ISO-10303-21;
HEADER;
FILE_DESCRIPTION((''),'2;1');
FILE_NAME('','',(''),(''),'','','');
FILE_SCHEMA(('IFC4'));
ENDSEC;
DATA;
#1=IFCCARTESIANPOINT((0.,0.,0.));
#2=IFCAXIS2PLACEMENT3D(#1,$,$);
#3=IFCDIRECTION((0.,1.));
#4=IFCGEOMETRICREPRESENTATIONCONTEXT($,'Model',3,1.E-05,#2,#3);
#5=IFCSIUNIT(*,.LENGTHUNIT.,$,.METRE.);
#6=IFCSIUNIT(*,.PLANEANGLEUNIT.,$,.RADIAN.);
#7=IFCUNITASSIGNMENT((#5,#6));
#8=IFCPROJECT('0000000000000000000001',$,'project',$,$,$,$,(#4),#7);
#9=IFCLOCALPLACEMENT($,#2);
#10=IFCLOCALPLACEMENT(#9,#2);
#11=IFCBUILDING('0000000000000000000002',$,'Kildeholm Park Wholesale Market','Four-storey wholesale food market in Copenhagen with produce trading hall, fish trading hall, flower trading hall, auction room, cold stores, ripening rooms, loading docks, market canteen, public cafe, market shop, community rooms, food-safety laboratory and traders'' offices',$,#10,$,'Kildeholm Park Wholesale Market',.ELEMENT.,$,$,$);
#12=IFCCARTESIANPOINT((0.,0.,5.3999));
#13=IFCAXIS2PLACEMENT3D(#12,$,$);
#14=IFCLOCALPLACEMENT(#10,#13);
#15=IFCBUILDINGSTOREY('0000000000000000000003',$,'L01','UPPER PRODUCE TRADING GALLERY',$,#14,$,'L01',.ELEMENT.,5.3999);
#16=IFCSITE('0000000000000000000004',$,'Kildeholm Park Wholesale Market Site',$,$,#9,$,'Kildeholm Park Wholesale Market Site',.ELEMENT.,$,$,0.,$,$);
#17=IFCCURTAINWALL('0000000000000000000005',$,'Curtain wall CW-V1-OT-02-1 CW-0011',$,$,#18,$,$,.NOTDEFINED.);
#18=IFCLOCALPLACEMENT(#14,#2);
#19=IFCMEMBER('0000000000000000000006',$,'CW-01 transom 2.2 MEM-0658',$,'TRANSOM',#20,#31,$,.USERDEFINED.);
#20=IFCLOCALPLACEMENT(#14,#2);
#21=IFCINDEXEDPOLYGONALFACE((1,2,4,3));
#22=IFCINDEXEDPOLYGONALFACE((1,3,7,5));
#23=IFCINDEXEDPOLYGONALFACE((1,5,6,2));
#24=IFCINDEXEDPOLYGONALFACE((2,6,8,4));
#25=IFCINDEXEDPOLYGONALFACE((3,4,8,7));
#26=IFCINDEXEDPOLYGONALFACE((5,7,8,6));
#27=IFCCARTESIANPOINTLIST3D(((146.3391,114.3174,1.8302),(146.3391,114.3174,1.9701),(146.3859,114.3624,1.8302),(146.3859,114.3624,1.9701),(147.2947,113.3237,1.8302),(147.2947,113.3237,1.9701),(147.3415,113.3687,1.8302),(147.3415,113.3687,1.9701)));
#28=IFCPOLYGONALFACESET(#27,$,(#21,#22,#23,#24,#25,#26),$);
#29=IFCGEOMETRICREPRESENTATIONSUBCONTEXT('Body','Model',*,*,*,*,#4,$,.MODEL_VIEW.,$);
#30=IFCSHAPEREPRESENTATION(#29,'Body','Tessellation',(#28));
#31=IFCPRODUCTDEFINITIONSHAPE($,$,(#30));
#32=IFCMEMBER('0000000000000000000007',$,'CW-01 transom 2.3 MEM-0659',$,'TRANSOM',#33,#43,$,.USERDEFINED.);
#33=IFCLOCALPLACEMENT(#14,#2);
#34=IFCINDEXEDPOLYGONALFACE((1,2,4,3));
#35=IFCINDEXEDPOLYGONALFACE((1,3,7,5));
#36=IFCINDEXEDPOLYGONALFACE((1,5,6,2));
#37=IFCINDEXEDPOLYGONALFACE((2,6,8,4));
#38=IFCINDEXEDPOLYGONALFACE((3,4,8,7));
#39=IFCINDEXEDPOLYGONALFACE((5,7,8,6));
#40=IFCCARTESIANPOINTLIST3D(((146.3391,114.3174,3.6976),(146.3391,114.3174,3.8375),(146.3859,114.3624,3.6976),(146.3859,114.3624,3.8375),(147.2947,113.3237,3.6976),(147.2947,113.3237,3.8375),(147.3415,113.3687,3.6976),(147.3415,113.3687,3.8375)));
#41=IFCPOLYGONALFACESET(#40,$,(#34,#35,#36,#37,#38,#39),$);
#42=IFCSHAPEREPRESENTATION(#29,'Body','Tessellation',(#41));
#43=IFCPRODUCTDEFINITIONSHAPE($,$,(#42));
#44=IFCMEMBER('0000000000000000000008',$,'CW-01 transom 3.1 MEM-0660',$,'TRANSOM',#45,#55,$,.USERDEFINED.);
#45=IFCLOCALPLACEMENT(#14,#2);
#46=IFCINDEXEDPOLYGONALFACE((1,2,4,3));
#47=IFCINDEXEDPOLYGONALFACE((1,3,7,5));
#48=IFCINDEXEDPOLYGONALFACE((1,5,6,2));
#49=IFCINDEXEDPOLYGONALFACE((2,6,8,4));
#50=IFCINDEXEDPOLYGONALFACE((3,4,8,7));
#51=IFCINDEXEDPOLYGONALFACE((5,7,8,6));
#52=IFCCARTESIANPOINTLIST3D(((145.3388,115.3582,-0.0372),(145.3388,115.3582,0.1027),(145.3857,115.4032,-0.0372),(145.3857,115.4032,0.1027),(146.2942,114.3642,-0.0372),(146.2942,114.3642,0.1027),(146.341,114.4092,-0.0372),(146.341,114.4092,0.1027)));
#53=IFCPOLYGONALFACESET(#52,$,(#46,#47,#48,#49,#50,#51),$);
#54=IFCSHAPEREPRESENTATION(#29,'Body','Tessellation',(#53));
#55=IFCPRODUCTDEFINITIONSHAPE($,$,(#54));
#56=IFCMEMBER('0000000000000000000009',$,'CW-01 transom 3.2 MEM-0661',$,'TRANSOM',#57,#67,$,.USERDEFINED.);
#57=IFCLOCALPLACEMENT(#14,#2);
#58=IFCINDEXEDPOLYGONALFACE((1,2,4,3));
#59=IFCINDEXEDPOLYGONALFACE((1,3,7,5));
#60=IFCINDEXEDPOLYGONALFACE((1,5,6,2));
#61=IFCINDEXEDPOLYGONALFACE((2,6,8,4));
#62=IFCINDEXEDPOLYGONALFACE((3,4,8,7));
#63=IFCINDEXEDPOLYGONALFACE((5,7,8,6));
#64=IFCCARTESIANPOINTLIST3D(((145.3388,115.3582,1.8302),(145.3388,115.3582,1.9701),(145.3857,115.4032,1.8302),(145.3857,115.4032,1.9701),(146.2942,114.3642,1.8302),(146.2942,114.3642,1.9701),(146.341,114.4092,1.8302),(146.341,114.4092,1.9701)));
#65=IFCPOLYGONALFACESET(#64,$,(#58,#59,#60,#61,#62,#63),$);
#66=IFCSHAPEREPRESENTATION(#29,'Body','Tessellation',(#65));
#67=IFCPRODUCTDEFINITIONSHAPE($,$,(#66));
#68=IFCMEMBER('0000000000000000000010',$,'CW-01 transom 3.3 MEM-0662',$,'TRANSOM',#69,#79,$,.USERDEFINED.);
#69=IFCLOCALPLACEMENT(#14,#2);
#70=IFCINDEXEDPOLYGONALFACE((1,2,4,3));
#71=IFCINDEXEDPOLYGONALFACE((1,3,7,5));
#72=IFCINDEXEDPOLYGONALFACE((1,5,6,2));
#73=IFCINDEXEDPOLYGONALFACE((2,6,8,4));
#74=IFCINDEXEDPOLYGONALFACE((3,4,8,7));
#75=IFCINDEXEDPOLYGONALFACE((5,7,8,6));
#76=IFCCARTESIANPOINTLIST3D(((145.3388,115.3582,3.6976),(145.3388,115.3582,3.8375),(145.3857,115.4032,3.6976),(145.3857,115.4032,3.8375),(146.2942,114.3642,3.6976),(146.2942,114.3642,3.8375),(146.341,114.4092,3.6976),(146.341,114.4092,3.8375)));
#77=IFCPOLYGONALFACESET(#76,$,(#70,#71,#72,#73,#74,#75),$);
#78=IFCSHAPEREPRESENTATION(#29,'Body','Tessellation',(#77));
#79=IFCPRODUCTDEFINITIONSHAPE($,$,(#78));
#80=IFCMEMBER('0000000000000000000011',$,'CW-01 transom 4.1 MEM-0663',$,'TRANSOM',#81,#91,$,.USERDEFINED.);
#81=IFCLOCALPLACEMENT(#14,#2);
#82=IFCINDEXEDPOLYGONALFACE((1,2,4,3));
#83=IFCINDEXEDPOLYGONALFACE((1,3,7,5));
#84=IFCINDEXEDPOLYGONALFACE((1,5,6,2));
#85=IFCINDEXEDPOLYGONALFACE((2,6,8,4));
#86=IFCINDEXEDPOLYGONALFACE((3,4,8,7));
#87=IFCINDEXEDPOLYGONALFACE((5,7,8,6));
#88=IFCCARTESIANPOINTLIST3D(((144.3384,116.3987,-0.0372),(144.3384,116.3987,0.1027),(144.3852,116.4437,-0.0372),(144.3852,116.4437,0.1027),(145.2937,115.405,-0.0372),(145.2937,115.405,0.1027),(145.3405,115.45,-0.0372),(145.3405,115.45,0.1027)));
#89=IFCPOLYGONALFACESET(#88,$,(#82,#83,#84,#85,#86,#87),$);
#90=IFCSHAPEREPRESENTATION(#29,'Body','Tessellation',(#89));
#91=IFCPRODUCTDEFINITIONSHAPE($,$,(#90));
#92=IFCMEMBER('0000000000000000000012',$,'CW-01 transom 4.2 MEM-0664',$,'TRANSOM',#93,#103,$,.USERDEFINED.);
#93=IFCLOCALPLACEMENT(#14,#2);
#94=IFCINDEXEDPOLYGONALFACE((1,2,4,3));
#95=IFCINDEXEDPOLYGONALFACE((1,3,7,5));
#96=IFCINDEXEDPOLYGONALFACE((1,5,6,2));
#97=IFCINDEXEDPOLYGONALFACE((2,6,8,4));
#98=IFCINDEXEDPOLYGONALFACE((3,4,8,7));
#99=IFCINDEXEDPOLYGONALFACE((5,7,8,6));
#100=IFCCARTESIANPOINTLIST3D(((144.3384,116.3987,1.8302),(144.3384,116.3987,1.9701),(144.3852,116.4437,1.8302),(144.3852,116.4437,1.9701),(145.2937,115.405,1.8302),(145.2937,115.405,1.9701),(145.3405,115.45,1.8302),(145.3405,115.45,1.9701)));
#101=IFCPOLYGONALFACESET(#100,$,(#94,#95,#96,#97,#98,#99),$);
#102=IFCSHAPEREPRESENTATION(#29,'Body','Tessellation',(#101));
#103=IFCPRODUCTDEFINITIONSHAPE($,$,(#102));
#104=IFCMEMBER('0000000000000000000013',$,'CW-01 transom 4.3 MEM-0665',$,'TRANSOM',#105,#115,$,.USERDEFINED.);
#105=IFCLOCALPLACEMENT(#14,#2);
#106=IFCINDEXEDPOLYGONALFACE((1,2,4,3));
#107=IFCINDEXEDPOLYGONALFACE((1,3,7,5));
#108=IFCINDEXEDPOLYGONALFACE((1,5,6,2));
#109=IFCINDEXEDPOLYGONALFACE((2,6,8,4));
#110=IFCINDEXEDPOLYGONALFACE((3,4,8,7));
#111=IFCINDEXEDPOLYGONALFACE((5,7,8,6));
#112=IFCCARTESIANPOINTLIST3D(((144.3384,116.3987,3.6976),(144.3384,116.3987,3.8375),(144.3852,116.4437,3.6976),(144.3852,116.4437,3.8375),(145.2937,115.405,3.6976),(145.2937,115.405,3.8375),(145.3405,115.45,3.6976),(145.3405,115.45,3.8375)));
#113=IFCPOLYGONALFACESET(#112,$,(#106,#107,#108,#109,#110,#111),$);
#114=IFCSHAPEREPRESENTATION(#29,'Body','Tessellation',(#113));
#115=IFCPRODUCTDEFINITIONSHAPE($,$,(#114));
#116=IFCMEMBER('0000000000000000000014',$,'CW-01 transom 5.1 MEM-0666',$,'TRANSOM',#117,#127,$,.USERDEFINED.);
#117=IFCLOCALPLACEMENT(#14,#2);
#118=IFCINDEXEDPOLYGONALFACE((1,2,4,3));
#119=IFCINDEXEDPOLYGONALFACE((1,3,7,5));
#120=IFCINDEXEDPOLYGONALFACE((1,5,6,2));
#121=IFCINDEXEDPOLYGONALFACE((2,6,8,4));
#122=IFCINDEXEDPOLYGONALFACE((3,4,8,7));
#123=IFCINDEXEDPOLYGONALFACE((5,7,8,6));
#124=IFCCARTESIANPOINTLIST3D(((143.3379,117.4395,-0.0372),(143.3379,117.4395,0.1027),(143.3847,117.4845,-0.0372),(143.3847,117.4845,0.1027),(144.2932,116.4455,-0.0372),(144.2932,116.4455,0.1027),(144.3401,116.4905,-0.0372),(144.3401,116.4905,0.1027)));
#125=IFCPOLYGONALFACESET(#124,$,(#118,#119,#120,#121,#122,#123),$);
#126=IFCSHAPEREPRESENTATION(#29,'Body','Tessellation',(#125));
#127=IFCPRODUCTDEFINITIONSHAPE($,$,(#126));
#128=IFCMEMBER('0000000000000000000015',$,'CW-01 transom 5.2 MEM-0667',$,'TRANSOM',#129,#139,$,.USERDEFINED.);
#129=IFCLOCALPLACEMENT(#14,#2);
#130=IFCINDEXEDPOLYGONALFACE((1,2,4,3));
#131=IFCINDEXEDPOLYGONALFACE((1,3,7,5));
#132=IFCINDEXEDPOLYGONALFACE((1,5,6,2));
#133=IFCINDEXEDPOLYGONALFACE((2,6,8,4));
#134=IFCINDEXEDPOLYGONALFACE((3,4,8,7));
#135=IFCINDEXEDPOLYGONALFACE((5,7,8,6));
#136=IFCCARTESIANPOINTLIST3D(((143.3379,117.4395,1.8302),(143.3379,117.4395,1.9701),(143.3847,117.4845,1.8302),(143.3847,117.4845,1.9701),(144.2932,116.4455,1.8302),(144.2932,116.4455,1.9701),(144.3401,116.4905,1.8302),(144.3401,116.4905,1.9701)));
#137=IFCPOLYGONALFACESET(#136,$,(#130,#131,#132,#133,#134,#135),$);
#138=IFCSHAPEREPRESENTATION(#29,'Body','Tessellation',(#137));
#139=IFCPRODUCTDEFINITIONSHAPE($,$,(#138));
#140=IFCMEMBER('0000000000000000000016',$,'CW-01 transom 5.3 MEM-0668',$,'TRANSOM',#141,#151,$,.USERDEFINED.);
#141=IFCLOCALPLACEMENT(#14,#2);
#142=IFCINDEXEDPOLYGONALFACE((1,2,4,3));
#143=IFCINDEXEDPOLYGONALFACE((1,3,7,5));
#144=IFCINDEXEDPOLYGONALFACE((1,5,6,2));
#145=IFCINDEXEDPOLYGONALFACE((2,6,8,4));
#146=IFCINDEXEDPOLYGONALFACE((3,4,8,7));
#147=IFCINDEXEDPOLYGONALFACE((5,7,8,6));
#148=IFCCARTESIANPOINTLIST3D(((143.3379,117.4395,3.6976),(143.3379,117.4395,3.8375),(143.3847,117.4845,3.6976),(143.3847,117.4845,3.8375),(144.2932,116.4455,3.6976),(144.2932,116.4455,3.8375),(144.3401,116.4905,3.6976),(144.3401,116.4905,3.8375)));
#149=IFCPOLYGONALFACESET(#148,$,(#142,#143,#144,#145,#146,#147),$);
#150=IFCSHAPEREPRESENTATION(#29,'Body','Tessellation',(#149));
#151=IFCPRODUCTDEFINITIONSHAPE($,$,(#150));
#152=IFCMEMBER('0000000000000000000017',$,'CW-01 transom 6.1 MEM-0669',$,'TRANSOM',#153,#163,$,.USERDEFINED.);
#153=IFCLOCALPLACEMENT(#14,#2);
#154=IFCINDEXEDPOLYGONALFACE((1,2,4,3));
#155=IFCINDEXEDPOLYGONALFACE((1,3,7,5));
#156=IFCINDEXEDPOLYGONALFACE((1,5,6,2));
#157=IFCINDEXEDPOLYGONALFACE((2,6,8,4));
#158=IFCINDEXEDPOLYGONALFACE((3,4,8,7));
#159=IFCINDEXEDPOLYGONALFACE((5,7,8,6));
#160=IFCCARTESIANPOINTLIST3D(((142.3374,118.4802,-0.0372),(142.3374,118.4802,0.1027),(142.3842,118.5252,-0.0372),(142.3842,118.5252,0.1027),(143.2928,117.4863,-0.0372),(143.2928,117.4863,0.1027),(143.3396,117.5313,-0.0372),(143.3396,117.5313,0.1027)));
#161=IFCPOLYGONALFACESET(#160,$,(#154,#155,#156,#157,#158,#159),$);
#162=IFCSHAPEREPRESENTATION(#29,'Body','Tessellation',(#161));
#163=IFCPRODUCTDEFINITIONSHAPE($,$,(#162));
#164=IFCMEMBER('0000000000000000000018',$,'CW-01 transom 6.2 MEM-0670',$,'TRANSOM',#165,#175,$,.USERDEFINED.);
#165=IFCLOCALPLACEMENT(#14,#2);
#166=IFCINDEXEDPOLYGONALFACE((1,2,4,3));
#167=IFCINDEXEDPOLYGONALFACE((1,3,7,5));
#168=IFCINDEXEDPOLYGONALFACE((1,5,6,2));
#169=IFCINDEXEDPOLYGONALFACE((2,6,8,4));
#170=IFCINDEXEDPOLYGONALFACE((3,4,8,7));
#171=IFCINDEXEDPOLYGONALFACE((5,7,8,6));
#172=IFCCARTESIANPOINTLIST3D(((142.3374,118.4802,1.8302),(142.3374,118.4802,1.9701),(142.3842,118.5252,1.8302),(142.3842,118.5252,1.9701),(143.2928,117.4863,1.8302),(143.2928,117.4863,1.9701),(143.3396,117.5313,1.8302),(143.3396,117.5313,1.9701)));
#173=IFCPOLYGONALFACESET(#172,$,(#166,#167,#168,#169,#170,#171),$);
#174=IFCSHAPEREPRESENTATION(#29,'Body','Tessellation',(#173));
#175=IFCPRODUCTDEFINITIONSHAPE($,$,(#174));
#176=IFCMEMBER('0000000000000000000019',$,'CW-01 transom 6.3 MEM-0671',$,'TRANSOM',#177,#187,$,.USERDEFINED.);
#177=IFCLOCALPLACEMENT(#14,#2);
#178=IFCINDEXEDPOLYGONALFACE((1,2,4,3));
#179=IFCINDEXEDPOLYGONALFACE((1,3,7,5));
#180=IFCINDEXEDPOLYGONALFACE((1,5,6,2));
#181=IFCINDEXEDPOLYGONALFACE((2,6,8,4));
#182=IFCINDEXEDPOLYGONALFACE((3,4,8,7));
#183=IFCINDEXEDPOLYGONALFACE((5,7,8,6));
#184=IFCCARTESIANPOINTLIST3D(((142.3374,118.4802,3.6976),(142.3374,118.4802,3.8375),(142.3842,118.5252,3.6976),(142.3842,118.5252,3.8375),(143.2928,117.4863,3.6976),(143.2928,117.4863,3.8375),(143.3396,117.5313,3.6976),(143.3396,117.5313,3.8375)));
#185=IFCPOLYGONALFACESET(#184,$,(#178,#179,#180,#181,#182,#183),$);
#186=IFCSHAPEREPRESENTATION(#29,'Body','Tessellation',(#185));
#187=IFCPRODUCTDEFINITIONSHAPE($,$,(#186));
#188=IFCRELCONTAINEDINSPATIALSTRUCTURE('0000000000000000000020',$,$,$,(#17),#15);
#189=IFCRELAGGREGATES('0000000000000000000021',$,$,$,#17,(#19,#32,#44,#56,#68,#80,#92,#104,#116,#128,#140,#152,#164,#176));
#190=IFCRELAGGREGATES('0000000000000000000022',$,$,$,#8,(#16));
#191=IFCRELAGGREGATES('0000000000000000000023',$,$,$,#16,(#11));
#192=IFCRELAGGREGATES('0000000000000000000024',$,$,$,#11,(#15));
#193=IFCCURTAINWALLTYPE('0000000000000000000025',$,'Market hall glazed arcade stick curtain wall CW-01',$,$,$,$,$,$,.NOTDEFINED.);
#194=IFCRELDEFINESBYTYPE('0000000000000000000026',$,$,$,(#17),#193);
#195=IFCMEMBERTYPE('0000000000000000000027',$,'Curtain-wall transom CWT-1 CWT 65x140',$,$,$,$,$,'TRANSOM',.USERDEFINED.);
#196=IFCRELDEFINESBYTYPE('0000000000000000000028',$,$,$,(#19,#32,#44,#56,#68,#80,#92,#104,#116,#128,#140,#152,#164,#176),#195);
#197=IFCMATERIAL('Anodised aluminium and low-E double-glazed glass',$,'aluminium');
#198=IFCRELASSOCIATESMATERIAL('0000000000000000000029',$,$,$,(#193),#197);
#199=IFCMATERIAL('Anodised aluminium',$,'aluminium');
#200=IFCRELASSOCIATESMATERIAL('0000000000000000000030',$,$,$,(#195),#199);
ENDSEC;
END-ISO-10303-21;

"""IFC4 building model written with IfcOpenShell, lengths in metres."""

from ifc_helpers import new_model, si_unit, direction, frame, origin, origin_2d, place, context, subcontext, project, spatial, rectangle, extrude, material, material_profile, profile_set, type_object, element, aggregate, save


model = new_model("IFC4")

# Units and contexts
model_context = context("Model", 3, precision=1e-05, world=origin(), true_north=direction((0.0, 1.0)))
body_context = subcontext(model_context, "Body", "Model", "MODEL_VIEW")
ifc_project = project(units=[si_unit("LENGTHUNIT", "METRE"), si_unit("PLANEANGLEUNIT", "RADIAN")], contexts=[model_context])

# Site, building, storey
site_placement = place(None, origin())
site = spatial("IfcSite", under=ifc_project, at=site_placement, Name="Kildeholm Park Wholesale Market Site", LongName="Kildeholm Park Wholesale Market Site", CompositionType="ELEMENT", RefElevation=0.0)
building_placement = place(site_placement, origin())
building = spatial("IfcBuilding", under=site, at=building_placement, Name="Kildeholm Park Wholesale Market", Description="Four-storey wholesale food market in Copenhagen with produce trading hall, fish trading hall, flower trading hall, auction room, cold stores, ripening rooms, loading docks, market canteen, public cafe, market shop, community rooms, food-safety laboratory and traders' offices", LongName="Kildeholm Park Wholesale Market", CompositionType="ELEMENT")
storey_placement = place(building_placement, frame((0.0, 0.0, 5.3999)))
storey = spatial("IfcBuildingStorey", under=building, at=storey_placement, Name="L01", Description="UPPER PRODUCE TRADING GALLERY", LongName="L01", CompositionType="ELEMENT", Elevation=5.3999)

# Curtain wall
ifc_material_1 = material(Name="Anodised aluminium and low-E double-glazed glass", Category="aluminium")
curtain_wall_type = type_object("IfcCurtainWallType", Name="Market hall glazed arcade stick curtain wall CW-01", PredefinedType="NOTDEFINED", material=ifc_material_1)
curtain_wall_1_placement = place(storey_placement, origin())
curtain_wall_1 = element("IfcCurtainWall", 1, at=curtain_wall_1_placement, inside=storey, type_object=curtain_wall_type, Name="Curtain wall CW-V1-OT-02-1 CW-0011", PredefinedType="NOTDEFINED")
ifc_material_2 = material(Name="Anodised aluminium", Category="aluminium")

# Members
ifc_material_profile_1 = material_profile(ifc_material_2, rectangle(XDim=0.0649, YDim=0.1399, at=origin_2d()), Name="CWT 65x140")
ifc_profile_set_1 = profile_set([ifc_material_profile_1], Name="Anodised aluminium")
member_type_1 = type_object("IfcMemberType", Name="Curtain-wall transom CWT-1 CWT 65x140", ElementType="TRANSOM", PredefinedType="USERDEFINED", material=ifc_profile_set_1)
member_1_placement = place(storey_placement, frame((147.3181, 113.3462, 1.9001), z_axis=(-0.693158, 0.720785, 0.0), x_axis=(-0.720785, -0.693158, 0.0)))
member_1 = element("IfcMember", 2, at=member_1_placement, type_object=member_type_1, Name="CW-01 transom 2.2 MEM-0658", ObjectType="TRANSOM", PredefinedType="USERDEFINED", context=body_context, shape_type="SweptSolid", body=[
    extrude(rectangle(XDim=0.0649, YDim=0.1399, at=origin_2d()), origin(), (0.0, 0.0, 1.0), 1.3787),
])
member_2_placement = place(storey_placement, frame((147.3181, 113.3462, 3.7676), z_axis=(-0.693158, 0.720785, 0.0), x_axis=(-0.720785, -0.693158, 0.0)))
member_2 = element("IfcMember", 3, at=member_2_placement, type_object=member_type_1, Name="CW-01 transom 2.3 MEM-0659", ObjectType="TRANSOM", PredefinedType="USERDEFINED", context=body_context, shape_type="SweptSolid", body=[
    extrude(rectangle(XDim=0.0649, YDim=0.1399, at=origin_2d()), origin(), (0.0, 0.0, 1.0), 1.3787),
])
member_3_placement = place(storey_placement, frame((146.3176, 114.3867, 0.0327), z_axis=(-0.692978, 0.720959, 0.0), x_axis=(-0.720959, -0.692978, 0.0)))
member_3 = element("IfcMember", 4, at=member_3_placement, type_object=member_type_1, Name="CW-01 transom 3.1 MEM-0660", ObjectType="TRANSOM", PredefinedType="USERDEFINED", context=body_context, shape_type="SweptSolid", body=[
    extrude(rectangle(XDim=0.0649, YDim=0.1399, at=origin_2d()), origin(), (0.0, 0.0, 1.0), 1.3787),
])
member_4_placement = place(storey_placement, frame((146.3176, 114.3867, 1.9001), z_axis=(-0.692978, 0.720959, 0.0), x_axis=(-0.720959, -0.692978, 0.0)))
member_4 = element("IfcMember", 5, at=member_4_placement, type_object=member_type_1, Name="CW-01 transom 3.2 MEM-0661", ObjectType="TRANSOM", PredefinedType="USERDEFINED", context=body_context, shape_type="SweptSolid", body=[
    extrude(rectangle(XDim=0.0649, YDim=0.1399, at=origin_2d()), origin(), (0.0, 0.0, 1.0), 1.3787),
])
member_5_placement = place(storey_placement, frame((146.3176, 114.3867, 3.7676), z_axis=(-0.692978, 0.720959, 0.0), x_axis=(-0.720959, -0.692978, 0.0)))
member_5 = element("IfcMember", 6, at=member_5_placement, type_object=member_type_1, Name="CW-01 transom 3.3 MEM-0662", ObjectType="TRANSOM", PredefinedType="USERDEFINED", context=body_context, shape_type="SweptSolid", body=[
    extrude(rectangle(XDim=0.0649, YDim=0.1399, at=origin_2d()), origin(), (0.0, 0.0, 1.0), 1.3787),
])
member_6_placement = place(storey_placement, frame((145.3171, 115.4275, 0.0327), z_axis=(-0.693066, 0.720874, 0.0), x_axis=(-0.720874, -0.693066, 0.0)))
member_6 = element("IfcMember", 7, at=member_6_placement, type_object=member_type_1, Name="CW-01 transom 4.1 MEM-0663", ObjectType="TRANSOM", PredefinedType="USERDEFINED", context=body_context, shape_type="SweptSolid", body=[
    extrude(rectangle(XDim=0.0649, YDim=0.1399, at=origin_2d()), origin(), (0.0, 0.0, 1.0), 1.3784),
])
member_7_placement = place(storey_placement, frame((145.3171, 115.4275, 1.9001), z_axis=(-0.693066, 0.720874, 0.0), x_axis=(-0.720874, -0.693066, 0.0)))
member_7 = element("IfcMember", 8, at=member_7_placement, type_object=member_type_1, Name="CW-01 transom 4.2 MEM-0664", ObjectType="TRANSOM", PredefinedType="USERDEFINED", context=body_context, shape_type="SweptSolid", body=[
    extrude(rectangle(XDim=0.0649, YDim=0.1399, at=origin_2d()), origin(), (0.0, 0.0, 1.0), 1.3784),
])
member_8_placement = place(storey_placement, frame((145.3171, 115.4275, 3.7676), z_axis=(-0.693066, 0.720874, 0.0), x_axis=(-0.720874, -0.693066, 0.0)))
member_8 = element("IfcMember", 9, at=member_8_placement, type_object=member_type_1, Name="CW-01 transom 4.3 MEM-0665", ObjectType="TRANSOM", PredefinedType="USERDEFINED", context=body_context, shape_type="SweptSolid", body=[
    extrude(rectangle(XDim=0.0649, YDim=0.1399, at=origin_2d()), origin(), (0.0, 0.0, 1.0), 1.3784),
])
member_9_placement = place(storey_placement, frame((144.3167, 116.468, 0.0327), z_axis=(-0.692978, 0.720959, 0.0), x_axis=(-0.720959, -0.692978, 0.0)))
member_9 = element("IfcMember", 10, at=member_9_placement, type_object=member_type_1, Name="CW-01 transom 5.1 MEM-0666", ObjectType="TRANSOM", PredefinedType="USERDEFINED", context=body_context, shape_type="SweptSolid", body=[
    extrude(rectangle(XDim=0.0649, YDim=0.1399, at=origin_2d()), origin(), (0.0, 0.0, 1.0), 1.3787),
])
member_10_placement = place(storey_placement, frame((144.3167, 116.468, 1.9001), z_axis=(-0.692978, 0.720959, 0.0), x_axis=(-0.720959, -0.692978, 0.0)))
member_10 = element("IfcMember", 11, at=member_10_placement, type_object=member_type_1, Name="CW-01 transom 5.2 MEM-0667", ObjectType="TRANSOM", PredefinedType="USERDEFINED", context=body_context, shape_type="SweptSolid", body=[
    extrude(rectangle(XDim=0.0649, YDim=0.1399, at=origin_2d()), origin(), (0.0, 0.0, 1.0), 1.3787),
])
member_11_placement = place(storey_placement, frame((144.3167, 116.468, 3.7676), z_axis=(-0.692978, 0.720959, 0.0), x_axis=(-0.720959, -0.692978, 0.0)))
member_11 = element("IfcMember", 12, at=member_11_placement, type_object=member_type_1, Name="CW-01 transom 5.3 MEM-0668", ObjectType="TRANSOM", PredefinedType="USERDEFINED", context=body_context, shape_type="SweptSolid", body=[
    extrude(rectangle(XDim=0.0649, YDim=0.1399, at=origin_2d()), origin(), (0.0, 0.0, 1.0), 1.3787),
])
member_12_placement = place(storey_placement, frame((143.3162, 117.5088, 0.0327), z_axis=(-0.692978, 0.720959, 0.0), x_axis=(-0.720959, -0.692978, 0.0)))
member_12 = element("IfcMember", 13, at=member_12_placement, type_object=member_type_1, Name="CW-01 transom 6.1 MEM-0669", ObjectType="TRANSOM", PredefinedType="USERDEFINED", context=body_context, shape_type="SweptSolid", body=[
    extrude(rectangle(XDim=0.0649, YDim=0.1399, at=origin_2d()), origin(), (0.0, 0.0, 1.0), 1.3787),
])
member_13_placement = place(storey_placement, frame((143.3162, 117.5088, 1.9001), z_axis=(-0.692978, 0.720959, 0.0), x_axis=(-0.720959, -0.692978, 0.0)))
member_13 = element("IfcMember", 14, at=member_13_placement, type_object=member_type_1, Name="CW-01 transom 6.2 MEM-0670", ObjectType="TRANSOM", PredefinedType="USERDEFINED", context=body_context, shape_type="SweptSolid", body=[
    extrude(rectangle(XDim=0.0649, YDim=0.1399, at=origin_2d()), origin(), (0.0, 0.0, 1.0), 1.3787),
])
member_14_placement = place(storey_placement, frame((143.3162, 117.5088, 3.7676), z_axis=(-0.692978, 0.720959, 0.0), x_axis=(-0.720959, -0.692978, 0.0)))
member_14 = element("IfcMember", 15, at=member_14_placement, type_object=member_type_1, Name="CW-01 transom 6.3 MEM-0671", ObjectType="TRANSOM", PredefinedType="USERDEFINED", context=body_context, shape_type="SweptSolid", body=[
    extrude(rectangle(XDim=0.0649, YDim=0.1399, at=origin_2d()), origin(), (0.0, 0.0, 1.0), 1.3787),
])

aggregate(curtain_wall_1, [member_1, member_2, member_3, member_4, member_5, member_6, member_7, member_8, member_9, member_10, member_11, member_12, member_13, member_14])

save(model, "model.ifc")
